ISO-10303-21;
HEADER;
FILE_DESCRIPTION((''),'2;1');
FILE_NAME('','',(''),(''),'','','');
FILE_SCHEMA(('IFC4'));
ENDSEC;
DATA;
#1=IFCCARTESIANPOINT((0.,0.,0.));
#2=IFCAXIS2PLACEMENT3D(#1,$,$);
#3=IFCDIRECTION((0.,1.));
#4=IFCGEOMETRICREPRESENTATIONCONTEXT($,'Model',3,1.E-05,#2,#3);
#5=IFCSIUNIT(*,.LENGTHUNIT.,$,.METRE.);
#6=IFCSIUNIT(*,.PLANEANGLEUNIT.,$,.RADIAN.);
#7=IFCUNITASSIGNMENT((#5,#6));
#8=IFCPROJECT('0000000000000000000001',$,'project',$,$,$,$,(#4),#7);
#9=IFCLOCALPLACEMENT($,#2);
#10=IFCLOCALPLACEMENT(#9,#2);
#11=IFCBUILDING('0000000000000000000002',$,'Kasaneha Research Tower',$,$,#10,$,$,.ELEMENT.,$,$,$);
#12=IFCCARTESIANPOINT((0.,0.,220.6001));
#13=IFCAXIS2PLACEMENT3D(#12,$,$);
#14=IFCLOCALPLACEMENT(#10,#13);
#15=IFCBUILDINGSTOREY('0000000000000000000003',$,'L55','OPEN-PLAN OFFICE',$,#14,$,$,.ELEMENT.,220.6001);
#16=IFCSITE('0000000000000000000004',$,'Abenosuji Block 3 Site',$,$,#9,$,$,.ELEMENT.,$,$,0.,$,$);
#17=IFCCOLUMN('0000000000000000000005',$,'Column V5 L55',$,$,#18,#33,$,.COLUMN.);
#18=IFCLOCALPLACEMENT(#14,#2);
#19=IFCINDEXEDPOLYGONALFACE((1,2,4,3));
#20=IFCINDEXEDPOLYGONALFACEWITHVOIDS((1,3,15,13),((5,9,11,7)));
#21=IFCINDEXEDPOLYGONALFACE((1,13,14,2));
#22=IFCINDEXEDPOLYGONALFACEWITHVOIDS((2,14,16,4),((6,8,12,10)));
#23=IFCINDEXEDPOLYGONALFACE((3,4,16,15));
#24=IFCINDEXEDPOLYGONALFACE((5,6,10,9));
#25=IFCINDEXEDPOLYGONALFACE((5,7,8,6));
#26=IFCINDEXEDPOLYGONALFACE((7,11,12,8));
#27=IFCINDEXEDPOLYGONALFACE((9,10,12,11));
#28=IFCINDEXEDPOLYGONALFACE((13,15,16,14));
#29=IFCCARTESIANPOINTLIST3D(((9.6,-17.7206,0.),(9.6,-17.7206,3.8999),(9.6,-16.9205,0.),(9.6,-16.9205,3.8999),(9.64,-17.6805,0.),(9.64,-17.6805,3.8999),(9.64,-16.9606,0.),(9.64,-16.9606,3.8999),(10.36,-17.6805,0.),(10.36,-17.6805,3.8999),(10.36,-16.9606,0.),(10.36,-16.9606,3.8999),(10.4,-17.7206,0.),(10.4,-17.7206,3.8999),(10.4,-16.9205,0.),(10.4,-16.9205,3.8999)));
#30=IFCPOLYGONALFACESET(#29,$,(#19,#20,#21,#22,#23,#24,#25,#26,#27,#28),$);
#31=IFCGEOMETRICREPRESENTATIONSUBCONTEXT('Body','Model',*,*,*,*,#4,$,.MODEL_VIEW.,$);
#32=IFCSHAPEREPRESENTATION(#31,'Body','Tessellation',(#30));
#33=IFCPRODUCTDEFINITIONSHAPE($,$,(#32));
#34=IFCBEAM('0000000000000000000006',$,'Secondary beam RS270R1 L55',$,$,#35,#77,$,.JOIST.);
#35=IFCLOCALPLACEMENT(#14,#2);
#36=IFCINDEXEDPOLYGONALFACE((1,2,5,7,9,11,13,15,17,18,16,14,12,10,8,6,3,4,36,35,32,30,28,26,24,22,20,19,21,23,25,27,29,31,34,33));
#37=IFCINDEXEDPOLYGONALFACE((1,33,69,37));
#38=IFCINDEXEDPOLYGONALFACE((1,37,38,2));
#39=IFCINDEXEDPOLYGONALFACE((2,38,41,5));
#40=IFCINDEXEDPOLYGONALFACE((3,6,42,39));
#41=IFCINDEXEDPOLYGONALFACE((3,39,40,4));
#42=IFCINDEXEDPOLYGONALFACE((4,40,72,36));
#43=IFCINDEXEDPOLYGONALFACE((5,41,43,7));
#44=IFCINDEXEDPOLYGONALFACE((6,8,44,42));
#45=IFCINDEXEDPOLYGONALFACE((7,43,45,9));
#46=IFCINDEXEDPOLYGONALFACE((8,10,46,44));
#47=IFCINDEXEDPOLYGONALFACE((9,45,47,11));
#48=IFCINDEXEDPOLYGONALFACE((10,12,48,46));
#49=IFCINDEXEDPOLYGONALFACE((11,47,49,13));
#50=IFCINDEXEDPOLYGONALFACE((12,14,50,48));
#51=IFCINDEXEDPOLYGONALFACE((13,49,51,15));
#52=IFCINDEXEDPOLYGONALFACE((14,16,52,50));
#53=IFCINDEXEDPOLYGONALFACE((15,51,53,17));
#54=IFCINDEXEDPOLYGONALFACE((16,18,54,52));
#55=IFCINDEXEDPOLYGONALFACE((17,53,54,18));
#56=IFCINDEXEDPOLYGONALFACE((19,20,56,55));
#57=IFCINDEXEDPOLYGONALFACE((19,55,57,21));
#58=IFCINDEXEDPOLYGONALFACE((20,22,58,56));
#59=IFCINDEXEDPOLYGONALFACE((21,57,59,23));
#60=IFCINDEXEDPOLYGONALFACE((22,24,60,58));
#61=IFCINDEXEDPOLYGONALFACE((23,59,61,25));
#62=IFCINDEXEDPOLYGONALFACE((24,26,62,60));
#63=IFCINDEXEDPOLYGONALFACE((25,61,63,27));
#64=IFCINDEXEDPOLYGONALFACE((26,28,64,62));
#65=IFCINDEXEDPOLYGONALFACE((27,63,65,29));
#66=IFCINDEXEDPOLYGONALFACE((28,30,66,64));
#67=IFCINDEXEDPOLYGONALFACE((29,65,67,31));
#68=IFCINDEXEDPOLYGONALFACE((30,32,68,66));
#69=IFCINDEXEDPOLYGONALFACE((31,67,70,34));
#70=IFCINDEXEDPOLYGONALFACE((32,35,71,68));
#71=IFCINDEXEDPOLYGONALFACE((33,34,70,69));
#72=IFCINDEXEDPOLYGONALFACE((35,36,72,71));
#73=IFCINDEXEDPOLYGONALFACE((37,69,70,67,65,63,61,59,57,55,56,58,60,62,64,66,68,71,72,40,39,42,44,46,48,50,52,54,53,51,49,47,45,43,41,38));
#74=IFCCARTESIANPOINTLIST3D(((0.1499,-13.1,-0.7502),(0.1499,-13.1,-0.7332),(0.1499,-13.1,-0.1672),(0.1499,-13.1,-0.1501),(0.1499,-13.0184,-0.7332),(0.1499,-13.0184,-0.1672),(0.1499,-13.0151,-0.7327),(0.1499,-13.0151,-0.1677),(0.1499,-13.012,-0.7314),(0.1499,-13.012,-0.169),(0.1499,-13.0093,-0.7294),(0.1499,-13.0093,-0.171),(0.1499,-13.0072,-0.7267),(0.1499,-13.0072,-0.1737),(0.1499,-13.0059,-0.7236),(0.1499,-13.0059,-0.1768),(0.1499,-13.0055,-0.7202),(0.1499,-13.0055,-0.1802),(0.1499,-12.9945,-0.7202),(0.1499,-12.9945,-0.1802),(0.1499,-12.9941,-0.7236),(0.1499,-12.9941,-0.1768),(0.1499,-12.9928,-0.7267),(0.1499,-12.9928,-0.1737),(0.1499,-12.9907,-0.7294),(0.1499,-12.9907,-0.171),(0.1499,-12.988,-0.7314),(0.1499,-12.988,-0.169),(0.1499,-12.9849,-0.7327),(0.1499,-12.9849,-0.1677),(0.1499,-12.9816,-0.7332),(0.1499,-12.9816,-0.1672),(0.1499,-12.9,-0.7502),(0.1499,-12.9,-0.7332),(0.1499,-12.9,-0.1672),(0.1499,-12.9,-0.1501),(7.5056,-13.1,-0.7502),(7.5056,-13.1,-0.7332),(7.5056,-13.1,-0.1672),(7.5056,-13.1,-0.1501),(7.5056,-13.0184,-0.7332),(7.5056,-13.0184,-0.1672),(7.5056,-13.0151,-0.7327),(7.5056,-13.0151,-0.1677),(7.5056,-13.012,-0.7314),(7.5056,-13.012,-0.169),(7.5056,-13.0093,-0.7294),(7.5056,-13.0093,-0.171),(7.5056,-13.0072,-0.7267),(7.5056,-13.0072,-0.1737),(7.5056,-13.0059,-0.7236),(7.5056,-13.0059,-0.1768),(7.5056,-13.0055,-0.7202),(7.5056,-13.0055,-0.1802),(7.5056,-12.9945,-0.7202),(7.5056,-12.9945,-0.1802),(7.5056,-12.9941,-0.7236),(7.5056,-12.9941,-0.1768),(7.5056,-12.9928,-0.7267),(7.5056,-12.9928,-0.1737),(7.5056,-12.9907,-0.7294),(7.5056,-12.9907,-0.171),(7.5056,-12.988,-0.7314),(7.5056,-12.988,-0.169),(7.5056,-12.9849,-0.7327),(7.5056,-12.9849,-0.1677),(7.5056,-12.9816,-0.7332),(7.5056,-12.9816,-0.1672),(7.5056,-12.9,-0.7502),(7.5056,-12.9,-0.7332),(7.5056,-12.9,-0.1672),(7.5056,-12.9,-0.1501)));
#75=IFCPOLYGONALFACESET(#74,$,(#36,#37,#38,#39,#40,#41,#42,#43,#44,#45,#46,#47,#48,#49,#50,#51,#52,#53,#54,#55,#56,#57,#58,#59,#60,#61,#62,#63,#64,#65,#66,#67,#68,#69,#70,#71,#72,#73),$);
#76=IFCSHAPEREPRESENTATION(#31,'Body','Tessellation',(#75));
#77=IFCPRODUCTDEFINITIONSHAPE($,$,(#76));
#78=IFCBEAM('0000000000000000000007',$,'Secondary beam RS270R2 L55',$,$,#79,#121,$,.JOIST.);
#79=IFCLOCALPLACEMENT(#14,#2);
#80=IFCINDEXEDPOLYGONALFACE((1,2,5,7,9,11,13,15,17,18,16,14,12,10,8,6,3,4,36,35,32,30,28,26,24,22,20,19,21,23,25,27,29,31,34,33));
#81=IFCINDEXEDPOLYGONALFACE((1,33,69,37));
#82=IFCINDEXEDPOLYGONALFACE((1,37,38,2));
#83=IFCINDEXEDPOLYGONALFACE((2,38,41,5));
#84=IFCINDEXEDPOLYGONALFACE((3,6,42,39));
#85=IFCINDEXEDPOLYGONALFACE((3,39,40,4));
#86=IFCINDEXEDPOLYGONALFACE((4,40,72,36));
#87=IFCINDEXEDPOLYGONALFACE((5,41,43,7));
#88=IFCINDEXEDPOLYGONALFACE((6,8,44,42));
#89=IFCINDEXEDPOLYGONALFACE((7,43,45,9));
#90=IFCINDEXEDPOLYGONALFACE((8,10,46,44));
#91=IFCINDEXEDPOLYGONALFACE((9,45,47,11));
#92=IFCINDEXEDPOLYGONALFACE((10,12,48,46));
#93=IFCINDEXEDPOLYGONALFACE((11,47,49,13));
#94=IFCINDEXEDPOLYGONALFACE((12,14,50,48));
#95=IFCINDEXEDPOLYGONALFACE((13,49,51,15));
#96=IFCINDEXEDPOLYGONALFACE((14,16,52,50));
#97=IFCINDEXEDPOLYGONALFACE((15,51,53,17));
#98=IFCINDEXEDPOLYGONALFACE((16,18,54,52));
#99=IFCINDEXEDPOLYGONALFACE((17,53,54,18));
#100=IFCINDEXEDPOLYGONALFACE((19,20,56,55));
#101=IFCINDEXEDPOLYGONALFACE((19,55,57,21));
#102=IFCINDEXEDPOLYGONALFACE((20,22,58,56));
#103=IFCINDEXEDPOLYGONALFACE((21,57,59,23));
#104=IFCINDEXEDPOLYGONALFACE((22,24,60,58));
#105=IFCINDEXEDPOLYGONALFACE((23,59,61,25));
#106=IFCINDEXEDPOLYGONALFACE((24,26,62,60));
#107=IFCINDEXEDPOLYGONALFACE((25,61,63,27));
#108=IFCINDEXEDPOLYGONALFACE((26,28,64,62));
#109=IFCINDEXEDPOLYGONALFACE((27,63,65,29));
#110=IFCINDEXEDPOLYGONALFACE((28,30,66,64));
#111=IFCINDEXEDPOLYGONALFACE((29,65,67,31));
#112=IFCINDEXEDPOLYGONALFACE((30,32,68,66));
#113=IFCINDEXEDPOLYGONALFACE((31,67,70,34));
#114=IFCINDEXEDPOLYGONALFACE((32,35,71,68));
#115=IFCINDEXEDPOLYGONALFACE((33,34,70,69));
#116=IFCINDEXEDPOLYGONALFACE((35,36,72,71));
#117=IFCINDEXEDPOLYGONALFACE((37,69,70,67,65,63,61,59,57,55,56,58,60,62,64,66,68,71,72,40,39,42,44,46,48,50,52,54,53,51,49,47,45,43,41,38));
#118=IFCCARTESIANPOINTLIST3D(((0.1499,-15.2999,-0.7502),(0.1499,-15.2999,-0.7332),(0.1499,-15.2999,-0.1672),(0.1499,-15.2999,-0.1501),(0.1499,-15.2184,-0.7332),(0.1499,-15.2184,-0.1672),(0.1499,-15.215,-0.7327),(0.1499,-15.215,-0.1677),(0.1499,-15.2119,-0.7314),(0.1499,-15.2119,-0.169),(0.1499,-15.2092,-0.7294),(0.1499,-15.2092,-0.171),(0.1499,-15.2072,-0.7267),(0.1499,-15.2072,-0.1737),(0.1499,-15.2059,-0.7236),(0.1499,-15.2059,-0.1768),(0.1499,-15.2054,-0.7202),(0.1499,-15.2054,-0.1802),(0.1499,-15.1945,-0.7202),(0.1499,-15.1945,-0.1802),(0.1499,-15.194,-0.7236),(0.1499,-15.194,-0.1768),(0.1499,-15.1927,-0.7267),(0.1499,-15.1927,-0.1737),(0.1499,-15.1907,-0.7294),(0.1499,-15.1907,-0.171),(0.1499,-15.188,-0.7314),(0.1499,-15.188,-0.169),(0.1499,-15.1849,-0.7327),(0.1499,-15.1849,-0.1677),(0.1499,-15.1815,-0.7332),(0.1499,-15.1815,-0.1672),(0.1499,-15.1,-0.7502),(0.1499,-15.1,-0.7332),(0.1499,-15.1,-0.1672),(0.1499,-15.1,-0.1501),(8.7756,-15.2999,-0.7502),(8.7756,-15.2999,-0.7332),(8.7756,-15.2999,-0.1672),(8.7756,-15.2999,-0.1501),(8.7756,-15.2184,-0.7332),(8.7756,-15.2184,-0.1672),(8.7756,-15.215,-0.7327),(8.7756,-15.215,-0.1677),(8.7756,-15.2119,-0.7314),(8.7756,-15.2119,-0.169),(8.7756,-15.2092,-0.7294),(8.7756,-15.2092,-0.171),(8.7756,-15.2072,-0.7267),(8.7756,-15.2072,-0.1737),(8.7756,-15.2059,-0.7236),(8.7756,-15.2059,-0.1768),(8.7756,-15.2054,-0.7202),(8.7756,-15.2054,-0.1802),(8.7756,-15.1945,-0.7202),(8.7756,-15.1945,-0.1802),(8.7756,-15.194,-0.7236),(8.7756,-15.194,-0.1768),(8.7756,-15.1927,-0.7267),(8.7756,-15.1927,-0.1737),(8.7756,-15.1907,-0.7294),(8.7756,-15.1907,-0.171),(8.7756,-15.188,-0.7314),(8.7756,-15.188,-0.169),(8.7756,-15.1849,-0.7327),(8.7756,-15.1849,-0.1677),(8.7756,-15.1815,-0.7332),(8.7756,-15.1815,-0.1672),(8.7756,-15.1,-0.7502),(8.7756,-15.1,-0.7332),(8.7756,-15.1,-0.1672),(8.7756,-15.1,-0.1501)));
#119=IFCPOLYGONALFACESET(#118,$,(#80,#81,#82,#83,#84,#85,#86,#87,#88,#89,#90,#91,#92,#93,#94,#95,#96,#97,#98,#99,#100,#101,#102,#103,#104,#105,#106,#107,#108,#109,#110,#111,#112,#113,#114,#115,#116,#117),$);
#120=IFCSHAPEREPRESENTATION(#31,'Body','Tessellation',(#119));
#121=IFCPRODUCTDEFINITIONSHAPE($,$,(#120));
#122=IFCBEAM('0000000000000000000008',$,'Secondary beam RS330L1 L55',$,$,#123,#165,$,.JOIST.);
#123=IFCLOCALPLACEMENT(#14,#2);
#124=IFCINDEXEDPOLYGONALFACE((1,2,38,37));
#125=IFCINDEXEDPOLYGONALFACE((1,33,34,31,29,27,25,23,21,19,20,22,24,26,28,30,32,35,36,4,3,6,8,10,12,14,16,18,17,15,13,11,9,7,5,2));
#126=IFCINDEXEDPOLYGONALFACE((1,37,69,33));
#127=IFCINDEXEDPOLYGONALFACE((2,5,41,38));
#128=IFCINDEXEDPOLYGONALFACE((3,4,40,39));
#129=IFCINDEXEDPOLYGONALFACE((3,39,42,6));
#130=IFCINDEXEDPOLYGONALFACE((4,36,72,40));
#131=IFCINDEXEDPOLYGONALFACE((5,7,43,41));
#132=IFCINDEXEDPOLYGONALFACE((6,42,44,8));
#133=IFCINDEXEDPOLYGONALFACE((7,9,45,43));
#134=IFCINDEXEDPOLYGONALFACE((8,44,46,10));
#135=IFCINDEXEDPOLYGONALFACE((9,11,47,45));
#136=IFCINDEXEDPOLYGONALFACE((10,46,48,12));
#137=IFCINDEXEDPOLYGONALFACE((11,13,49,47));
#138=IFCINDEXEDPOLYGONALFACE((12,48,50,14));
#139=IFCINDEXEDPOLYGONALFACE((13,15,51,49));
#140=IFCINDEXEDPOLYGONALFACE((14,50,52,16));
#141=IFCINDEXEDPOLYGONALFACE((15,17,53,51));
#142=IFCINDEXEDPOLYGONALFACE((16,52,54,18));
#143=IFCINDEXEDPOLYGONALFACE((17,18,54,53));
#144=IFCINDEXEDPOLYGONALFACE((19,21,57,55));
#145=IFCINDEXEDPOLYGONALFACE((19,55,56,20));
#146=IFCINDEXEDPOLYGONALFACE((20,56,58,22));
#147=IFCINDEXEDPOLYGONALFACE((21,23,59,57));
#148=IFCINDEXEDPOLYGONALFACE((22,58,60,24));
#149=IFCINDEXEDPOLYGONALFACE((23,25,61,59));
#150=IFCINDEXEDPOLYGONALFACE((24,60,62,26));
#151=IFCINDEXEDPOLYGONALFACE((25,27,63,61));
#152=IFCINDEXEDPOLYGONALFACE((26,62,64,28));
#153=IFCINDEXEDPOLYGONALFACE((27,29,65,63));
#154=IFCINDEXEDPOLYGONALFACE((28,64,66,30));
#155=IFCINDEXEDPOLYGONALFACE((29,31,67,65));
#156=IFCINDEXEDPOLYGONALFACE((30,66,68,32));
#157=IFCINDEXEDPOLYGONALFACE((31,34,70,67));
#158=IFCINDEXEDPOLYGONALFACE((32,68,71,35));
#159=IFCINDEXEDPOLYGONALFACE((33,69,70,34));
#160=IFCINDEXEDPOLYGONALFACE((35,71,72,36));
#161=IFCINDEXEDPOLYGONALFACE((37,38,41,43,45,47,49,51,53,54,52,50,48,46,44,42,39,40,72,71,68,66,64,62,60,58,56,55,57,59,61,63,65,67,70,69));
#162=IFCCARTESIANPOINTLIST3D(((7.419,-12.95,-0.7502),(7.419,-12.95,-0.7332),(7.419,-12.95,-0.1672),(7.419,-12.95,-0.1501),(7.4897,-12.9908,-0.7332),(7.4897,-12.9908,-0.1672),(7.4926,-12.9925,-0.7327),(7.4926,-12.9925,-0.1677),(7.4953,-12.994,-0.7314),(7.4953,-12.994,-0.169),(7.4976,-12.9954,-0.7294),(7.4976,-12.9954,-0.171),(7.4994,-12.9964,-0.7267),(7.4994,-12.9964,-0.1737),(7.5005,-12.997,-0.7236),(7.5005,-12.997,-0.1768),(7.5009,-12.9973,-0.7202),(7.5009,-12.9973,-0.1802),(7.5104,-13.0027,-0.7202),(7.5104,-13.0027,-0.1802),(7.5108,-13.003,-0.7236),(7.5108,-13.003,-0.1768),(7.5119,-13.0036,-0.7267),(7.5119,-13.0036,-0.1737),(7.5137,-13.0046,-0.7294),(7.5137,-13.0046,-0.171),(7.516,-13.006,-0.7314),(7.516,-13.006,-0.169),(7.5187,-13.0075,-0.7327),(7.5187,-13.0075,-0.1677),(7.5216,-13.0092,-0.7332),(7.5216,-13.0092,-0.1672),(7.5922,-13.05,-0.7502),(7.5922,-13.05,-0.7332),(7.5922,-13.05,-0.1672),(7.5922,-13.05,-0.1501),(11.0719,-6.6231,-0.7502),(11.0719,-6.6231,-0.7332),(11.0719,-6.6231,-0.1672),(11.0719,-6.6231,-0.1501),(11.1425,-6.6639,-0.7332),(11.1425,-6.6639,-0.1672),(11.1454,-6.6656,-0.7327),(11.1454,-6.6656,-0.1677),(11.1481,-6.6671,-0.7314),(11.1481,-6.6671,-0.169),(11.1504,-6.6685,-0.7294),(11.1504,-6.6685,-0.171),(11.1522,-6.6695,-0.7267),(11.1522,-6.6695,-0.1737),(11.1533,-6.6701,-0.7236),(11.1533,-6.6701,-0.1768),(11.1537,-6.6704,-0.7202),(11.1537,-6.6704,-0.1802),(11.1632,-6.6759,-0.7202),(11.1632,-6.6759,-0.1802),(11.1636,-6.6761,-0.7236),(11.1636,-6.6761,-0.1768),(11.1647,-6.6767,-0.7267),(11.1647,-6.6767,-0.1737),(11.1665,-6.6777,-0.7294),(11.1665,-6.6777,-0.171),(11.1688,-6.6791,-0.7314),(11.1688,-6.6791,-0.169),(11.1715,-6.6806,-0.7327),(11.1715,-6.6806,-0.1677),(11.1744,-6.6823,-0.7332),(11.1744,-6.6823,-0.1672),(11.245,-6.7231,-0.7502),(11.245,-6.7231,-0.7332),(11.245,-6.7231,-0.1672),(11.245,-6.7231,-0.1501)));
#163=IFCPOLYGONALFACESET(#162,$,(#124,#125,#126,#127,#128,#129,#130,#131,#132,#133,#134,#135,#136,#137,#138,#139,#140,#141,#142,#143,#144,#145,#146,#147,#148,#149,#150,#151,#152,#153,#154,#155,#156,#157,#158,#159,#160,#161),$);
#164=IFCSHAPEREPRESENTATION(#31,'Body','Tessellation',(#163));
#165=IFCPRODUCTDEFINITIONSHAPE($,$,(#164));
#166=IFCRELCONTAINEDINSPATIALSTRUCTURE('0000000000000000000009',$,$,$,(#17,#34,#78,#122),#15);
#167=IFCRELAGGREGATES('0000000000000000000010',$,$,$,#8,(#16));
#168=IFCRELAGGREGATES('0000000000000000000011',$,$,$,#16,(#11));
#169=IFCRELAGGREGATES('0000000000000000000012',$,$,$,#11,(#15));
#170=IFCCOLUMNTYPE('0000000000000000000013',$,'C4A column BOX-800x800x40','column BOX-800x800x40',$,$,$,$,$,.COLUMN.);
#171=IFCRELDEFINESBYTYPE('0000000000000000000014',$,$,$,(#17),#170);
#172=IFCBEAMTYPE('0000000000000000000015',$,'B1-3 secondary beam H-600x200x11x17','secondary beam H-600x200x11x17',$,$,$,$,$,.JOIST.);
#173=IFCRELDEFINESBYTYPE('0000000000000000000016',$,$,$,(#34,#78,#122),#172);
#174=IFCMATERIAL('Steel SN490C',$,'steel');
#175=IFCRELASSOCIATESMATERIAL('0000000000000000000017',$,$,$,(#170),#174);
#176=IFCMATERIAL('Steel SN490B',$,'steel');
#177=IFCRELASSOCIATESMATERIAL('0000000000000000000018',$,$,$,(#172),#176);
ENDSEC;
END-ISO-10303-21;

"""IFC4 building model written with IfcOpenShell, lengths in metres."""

from ifc_helpers import new_model, si_unit, direction, frame, origin, origin_2d, place, context, subcontext, project, spatial, hollow_rectangle, i_section, extrude, material, material_profile, profile_set, type_object, element, save


model = new_model("IFC4")

# Units and contexts
model_context = context("Model", 3, precision=1e-05, world=origin(), true_north=direction((0.0, 1.0)))
body_context = subcontext(model_context, "Body", "Model", "MODEL_VIEW")
ifc_project = project(units=[si_unit("LENGTHUNIT", "METRE"), si_unit("PLANEANGLEUNIT", "RADIAN")], contexts=[model_context])

# Site, building, storey
site_placement = place(None, origin())
site = spatial("IfcSite", under=ifc_project, at=site_placement, Name="Abenosuji Block 3 Site", CompositionType="ELEMENT", RefElevation=0.0)
building_placement = place(site_placement, origin())
building = spatial("IfcBuilding", under=site, at=building_placement, Name="Kasaneha Research Tower", CompositionType="ELEMENT")
storey_placement = place(building_placement, frame((0.0, 0.0, 220.6001)))
storey = spatial("IfcBuildingStorey", under=building, at=storey_placement, Name="L55", Description="OPEN-PLAN OFFICE", CompositionType="ELEMENT", Elevation=220.6001)

# Column
ifc_material_1 = material(Name="Steel SN490C", Category="steel")
ifc_material_profile_1 = material_profile(ifc_material_1, hollow_rectangle(XDim=0.8, YDim=0.8, WallThickness=0.04, at=origin_2d()), Name="BOX-800x800x40")
ifc_profile_set_1 = profile_set([ifc_material_profile_1], Name="Steel SN490C")
column_type = type_object("IfcColumnType", Name="C4A column BOX-800x800x40", Description="column BOX-800x800x40", PredefinedType="COLUMN", material=ifc_profile_set_1)
column_placement = place(storey_placement, frame((10.0, -17.3206, 0.0), z_axis=(0.0, 0.0, 1.0), x_axis=(1.0, 0.0, 0.0)))
element("IfcColumn", 1, at=column_placement, inside=storey, type_object=column_type, Name="Column V5 L55", PredefinedType="COLUMN", context=body_context, shape_type="SweptSolid", body=[
    extrude(hollow_rectangle(XDim=0.8, YDim=0.8, WallThickness=0.04, at=origin_2d()), origin(), (0.0, 0.0, 1.0), 3.8999),
])

# Beams
ifc_material_2 = material(Name="Steel SN490B", Category="steel")
ifc_material_profile_2 = material_profile(ifc_material_2, i_section(OverallWidth=0.2, OverallDepth=0.6001, WebThickness=0.011, FlangeThickness=0.0171, FilletRadius=0.0129, at=origin_2d()), Name="H-600x200x11x17")
ifc_profile_set_2 = profile_set([ifc_material_profile_2], Name="Steel SN490B")
beam_type_1 = type_object("IfcBeamType", Name="B1-3 secondary beam H-600x200x11x17", Description="secondary beam H-600x200x11x17", PredefinedType="JOIST", material=ifc_profile_set_2)
beam_1_placement = place(storey_placement, frame((7.5056, -13.0, -0.4502), z_axis=(-1.0, 0.0, 0.0), x_axis=(0.0, -1.0, 0.0)))
element("IfcBeam", 2, at=beam_1_placement, inside=storey, type_object=beam_type_1, Name="Secondary beam RS270R1 L55", PredefinedType="JOIST", context=body_context, shape_type="SweptSolid", body=[
    extrude(i_section(OverallWidth=0.2, OverallDepth=0.6001, WebThickness=0.011, FlangeThickness=0.0171, FilletRadius=0.0129, at=origin_2d()), origin(), (0.0, 0.0, 1.0), 7.3557),
])
beam_2_placement = place(storey_placement, frame((8.7756, -15.2, -0.4502), z_axis=(-1.0, 0.0, 0.0), x_axis=(0.0, -1.0, 0.0)))
element("IfcBeam", 3, at=beam_2_placement, inside=storey, type_object=beam_type_1, Name="Secondary beam RS270R2 L55", PredefinedType="JOIST", context=body_context, shape_type="SweptSolid", body=[
    extrude(i_section(OverallWidth=0.2, OverallDepth=0.6001, WebThickness=0.011, FlangeThickness=0.0171, FilletRadius=0.0129, at=origin_2d()), origin(), (0.0, 0.0, 1.0), 8.6257),
])
beam_3_placement = place(storey_placement, frame((7.5056, -13.0, -0.4502), z_axis=(0.499999, 0.866026, 0.0), x_axis=(-0.866026, 0.499999, 0.0)))
element("IfcBeam", 4, at=beam_3_placement, inside=storey, type_object=beam_type_1, Name="Secondary beam RS330L1 L55", PredefinedType="JOIST", context=body_context, shape_type="SweptSolid", body=[
    extrude(i_section(OverallWidth=0.2, OverallDepth=0.6001, WebThickness=0.011, FlangeThickness=0.0171, FilletRadius=0.0129, at=origin_2d()), origin(), (0.0, 0.0, 1.0), 7.3057),
])

save(model, "model.ifc")
